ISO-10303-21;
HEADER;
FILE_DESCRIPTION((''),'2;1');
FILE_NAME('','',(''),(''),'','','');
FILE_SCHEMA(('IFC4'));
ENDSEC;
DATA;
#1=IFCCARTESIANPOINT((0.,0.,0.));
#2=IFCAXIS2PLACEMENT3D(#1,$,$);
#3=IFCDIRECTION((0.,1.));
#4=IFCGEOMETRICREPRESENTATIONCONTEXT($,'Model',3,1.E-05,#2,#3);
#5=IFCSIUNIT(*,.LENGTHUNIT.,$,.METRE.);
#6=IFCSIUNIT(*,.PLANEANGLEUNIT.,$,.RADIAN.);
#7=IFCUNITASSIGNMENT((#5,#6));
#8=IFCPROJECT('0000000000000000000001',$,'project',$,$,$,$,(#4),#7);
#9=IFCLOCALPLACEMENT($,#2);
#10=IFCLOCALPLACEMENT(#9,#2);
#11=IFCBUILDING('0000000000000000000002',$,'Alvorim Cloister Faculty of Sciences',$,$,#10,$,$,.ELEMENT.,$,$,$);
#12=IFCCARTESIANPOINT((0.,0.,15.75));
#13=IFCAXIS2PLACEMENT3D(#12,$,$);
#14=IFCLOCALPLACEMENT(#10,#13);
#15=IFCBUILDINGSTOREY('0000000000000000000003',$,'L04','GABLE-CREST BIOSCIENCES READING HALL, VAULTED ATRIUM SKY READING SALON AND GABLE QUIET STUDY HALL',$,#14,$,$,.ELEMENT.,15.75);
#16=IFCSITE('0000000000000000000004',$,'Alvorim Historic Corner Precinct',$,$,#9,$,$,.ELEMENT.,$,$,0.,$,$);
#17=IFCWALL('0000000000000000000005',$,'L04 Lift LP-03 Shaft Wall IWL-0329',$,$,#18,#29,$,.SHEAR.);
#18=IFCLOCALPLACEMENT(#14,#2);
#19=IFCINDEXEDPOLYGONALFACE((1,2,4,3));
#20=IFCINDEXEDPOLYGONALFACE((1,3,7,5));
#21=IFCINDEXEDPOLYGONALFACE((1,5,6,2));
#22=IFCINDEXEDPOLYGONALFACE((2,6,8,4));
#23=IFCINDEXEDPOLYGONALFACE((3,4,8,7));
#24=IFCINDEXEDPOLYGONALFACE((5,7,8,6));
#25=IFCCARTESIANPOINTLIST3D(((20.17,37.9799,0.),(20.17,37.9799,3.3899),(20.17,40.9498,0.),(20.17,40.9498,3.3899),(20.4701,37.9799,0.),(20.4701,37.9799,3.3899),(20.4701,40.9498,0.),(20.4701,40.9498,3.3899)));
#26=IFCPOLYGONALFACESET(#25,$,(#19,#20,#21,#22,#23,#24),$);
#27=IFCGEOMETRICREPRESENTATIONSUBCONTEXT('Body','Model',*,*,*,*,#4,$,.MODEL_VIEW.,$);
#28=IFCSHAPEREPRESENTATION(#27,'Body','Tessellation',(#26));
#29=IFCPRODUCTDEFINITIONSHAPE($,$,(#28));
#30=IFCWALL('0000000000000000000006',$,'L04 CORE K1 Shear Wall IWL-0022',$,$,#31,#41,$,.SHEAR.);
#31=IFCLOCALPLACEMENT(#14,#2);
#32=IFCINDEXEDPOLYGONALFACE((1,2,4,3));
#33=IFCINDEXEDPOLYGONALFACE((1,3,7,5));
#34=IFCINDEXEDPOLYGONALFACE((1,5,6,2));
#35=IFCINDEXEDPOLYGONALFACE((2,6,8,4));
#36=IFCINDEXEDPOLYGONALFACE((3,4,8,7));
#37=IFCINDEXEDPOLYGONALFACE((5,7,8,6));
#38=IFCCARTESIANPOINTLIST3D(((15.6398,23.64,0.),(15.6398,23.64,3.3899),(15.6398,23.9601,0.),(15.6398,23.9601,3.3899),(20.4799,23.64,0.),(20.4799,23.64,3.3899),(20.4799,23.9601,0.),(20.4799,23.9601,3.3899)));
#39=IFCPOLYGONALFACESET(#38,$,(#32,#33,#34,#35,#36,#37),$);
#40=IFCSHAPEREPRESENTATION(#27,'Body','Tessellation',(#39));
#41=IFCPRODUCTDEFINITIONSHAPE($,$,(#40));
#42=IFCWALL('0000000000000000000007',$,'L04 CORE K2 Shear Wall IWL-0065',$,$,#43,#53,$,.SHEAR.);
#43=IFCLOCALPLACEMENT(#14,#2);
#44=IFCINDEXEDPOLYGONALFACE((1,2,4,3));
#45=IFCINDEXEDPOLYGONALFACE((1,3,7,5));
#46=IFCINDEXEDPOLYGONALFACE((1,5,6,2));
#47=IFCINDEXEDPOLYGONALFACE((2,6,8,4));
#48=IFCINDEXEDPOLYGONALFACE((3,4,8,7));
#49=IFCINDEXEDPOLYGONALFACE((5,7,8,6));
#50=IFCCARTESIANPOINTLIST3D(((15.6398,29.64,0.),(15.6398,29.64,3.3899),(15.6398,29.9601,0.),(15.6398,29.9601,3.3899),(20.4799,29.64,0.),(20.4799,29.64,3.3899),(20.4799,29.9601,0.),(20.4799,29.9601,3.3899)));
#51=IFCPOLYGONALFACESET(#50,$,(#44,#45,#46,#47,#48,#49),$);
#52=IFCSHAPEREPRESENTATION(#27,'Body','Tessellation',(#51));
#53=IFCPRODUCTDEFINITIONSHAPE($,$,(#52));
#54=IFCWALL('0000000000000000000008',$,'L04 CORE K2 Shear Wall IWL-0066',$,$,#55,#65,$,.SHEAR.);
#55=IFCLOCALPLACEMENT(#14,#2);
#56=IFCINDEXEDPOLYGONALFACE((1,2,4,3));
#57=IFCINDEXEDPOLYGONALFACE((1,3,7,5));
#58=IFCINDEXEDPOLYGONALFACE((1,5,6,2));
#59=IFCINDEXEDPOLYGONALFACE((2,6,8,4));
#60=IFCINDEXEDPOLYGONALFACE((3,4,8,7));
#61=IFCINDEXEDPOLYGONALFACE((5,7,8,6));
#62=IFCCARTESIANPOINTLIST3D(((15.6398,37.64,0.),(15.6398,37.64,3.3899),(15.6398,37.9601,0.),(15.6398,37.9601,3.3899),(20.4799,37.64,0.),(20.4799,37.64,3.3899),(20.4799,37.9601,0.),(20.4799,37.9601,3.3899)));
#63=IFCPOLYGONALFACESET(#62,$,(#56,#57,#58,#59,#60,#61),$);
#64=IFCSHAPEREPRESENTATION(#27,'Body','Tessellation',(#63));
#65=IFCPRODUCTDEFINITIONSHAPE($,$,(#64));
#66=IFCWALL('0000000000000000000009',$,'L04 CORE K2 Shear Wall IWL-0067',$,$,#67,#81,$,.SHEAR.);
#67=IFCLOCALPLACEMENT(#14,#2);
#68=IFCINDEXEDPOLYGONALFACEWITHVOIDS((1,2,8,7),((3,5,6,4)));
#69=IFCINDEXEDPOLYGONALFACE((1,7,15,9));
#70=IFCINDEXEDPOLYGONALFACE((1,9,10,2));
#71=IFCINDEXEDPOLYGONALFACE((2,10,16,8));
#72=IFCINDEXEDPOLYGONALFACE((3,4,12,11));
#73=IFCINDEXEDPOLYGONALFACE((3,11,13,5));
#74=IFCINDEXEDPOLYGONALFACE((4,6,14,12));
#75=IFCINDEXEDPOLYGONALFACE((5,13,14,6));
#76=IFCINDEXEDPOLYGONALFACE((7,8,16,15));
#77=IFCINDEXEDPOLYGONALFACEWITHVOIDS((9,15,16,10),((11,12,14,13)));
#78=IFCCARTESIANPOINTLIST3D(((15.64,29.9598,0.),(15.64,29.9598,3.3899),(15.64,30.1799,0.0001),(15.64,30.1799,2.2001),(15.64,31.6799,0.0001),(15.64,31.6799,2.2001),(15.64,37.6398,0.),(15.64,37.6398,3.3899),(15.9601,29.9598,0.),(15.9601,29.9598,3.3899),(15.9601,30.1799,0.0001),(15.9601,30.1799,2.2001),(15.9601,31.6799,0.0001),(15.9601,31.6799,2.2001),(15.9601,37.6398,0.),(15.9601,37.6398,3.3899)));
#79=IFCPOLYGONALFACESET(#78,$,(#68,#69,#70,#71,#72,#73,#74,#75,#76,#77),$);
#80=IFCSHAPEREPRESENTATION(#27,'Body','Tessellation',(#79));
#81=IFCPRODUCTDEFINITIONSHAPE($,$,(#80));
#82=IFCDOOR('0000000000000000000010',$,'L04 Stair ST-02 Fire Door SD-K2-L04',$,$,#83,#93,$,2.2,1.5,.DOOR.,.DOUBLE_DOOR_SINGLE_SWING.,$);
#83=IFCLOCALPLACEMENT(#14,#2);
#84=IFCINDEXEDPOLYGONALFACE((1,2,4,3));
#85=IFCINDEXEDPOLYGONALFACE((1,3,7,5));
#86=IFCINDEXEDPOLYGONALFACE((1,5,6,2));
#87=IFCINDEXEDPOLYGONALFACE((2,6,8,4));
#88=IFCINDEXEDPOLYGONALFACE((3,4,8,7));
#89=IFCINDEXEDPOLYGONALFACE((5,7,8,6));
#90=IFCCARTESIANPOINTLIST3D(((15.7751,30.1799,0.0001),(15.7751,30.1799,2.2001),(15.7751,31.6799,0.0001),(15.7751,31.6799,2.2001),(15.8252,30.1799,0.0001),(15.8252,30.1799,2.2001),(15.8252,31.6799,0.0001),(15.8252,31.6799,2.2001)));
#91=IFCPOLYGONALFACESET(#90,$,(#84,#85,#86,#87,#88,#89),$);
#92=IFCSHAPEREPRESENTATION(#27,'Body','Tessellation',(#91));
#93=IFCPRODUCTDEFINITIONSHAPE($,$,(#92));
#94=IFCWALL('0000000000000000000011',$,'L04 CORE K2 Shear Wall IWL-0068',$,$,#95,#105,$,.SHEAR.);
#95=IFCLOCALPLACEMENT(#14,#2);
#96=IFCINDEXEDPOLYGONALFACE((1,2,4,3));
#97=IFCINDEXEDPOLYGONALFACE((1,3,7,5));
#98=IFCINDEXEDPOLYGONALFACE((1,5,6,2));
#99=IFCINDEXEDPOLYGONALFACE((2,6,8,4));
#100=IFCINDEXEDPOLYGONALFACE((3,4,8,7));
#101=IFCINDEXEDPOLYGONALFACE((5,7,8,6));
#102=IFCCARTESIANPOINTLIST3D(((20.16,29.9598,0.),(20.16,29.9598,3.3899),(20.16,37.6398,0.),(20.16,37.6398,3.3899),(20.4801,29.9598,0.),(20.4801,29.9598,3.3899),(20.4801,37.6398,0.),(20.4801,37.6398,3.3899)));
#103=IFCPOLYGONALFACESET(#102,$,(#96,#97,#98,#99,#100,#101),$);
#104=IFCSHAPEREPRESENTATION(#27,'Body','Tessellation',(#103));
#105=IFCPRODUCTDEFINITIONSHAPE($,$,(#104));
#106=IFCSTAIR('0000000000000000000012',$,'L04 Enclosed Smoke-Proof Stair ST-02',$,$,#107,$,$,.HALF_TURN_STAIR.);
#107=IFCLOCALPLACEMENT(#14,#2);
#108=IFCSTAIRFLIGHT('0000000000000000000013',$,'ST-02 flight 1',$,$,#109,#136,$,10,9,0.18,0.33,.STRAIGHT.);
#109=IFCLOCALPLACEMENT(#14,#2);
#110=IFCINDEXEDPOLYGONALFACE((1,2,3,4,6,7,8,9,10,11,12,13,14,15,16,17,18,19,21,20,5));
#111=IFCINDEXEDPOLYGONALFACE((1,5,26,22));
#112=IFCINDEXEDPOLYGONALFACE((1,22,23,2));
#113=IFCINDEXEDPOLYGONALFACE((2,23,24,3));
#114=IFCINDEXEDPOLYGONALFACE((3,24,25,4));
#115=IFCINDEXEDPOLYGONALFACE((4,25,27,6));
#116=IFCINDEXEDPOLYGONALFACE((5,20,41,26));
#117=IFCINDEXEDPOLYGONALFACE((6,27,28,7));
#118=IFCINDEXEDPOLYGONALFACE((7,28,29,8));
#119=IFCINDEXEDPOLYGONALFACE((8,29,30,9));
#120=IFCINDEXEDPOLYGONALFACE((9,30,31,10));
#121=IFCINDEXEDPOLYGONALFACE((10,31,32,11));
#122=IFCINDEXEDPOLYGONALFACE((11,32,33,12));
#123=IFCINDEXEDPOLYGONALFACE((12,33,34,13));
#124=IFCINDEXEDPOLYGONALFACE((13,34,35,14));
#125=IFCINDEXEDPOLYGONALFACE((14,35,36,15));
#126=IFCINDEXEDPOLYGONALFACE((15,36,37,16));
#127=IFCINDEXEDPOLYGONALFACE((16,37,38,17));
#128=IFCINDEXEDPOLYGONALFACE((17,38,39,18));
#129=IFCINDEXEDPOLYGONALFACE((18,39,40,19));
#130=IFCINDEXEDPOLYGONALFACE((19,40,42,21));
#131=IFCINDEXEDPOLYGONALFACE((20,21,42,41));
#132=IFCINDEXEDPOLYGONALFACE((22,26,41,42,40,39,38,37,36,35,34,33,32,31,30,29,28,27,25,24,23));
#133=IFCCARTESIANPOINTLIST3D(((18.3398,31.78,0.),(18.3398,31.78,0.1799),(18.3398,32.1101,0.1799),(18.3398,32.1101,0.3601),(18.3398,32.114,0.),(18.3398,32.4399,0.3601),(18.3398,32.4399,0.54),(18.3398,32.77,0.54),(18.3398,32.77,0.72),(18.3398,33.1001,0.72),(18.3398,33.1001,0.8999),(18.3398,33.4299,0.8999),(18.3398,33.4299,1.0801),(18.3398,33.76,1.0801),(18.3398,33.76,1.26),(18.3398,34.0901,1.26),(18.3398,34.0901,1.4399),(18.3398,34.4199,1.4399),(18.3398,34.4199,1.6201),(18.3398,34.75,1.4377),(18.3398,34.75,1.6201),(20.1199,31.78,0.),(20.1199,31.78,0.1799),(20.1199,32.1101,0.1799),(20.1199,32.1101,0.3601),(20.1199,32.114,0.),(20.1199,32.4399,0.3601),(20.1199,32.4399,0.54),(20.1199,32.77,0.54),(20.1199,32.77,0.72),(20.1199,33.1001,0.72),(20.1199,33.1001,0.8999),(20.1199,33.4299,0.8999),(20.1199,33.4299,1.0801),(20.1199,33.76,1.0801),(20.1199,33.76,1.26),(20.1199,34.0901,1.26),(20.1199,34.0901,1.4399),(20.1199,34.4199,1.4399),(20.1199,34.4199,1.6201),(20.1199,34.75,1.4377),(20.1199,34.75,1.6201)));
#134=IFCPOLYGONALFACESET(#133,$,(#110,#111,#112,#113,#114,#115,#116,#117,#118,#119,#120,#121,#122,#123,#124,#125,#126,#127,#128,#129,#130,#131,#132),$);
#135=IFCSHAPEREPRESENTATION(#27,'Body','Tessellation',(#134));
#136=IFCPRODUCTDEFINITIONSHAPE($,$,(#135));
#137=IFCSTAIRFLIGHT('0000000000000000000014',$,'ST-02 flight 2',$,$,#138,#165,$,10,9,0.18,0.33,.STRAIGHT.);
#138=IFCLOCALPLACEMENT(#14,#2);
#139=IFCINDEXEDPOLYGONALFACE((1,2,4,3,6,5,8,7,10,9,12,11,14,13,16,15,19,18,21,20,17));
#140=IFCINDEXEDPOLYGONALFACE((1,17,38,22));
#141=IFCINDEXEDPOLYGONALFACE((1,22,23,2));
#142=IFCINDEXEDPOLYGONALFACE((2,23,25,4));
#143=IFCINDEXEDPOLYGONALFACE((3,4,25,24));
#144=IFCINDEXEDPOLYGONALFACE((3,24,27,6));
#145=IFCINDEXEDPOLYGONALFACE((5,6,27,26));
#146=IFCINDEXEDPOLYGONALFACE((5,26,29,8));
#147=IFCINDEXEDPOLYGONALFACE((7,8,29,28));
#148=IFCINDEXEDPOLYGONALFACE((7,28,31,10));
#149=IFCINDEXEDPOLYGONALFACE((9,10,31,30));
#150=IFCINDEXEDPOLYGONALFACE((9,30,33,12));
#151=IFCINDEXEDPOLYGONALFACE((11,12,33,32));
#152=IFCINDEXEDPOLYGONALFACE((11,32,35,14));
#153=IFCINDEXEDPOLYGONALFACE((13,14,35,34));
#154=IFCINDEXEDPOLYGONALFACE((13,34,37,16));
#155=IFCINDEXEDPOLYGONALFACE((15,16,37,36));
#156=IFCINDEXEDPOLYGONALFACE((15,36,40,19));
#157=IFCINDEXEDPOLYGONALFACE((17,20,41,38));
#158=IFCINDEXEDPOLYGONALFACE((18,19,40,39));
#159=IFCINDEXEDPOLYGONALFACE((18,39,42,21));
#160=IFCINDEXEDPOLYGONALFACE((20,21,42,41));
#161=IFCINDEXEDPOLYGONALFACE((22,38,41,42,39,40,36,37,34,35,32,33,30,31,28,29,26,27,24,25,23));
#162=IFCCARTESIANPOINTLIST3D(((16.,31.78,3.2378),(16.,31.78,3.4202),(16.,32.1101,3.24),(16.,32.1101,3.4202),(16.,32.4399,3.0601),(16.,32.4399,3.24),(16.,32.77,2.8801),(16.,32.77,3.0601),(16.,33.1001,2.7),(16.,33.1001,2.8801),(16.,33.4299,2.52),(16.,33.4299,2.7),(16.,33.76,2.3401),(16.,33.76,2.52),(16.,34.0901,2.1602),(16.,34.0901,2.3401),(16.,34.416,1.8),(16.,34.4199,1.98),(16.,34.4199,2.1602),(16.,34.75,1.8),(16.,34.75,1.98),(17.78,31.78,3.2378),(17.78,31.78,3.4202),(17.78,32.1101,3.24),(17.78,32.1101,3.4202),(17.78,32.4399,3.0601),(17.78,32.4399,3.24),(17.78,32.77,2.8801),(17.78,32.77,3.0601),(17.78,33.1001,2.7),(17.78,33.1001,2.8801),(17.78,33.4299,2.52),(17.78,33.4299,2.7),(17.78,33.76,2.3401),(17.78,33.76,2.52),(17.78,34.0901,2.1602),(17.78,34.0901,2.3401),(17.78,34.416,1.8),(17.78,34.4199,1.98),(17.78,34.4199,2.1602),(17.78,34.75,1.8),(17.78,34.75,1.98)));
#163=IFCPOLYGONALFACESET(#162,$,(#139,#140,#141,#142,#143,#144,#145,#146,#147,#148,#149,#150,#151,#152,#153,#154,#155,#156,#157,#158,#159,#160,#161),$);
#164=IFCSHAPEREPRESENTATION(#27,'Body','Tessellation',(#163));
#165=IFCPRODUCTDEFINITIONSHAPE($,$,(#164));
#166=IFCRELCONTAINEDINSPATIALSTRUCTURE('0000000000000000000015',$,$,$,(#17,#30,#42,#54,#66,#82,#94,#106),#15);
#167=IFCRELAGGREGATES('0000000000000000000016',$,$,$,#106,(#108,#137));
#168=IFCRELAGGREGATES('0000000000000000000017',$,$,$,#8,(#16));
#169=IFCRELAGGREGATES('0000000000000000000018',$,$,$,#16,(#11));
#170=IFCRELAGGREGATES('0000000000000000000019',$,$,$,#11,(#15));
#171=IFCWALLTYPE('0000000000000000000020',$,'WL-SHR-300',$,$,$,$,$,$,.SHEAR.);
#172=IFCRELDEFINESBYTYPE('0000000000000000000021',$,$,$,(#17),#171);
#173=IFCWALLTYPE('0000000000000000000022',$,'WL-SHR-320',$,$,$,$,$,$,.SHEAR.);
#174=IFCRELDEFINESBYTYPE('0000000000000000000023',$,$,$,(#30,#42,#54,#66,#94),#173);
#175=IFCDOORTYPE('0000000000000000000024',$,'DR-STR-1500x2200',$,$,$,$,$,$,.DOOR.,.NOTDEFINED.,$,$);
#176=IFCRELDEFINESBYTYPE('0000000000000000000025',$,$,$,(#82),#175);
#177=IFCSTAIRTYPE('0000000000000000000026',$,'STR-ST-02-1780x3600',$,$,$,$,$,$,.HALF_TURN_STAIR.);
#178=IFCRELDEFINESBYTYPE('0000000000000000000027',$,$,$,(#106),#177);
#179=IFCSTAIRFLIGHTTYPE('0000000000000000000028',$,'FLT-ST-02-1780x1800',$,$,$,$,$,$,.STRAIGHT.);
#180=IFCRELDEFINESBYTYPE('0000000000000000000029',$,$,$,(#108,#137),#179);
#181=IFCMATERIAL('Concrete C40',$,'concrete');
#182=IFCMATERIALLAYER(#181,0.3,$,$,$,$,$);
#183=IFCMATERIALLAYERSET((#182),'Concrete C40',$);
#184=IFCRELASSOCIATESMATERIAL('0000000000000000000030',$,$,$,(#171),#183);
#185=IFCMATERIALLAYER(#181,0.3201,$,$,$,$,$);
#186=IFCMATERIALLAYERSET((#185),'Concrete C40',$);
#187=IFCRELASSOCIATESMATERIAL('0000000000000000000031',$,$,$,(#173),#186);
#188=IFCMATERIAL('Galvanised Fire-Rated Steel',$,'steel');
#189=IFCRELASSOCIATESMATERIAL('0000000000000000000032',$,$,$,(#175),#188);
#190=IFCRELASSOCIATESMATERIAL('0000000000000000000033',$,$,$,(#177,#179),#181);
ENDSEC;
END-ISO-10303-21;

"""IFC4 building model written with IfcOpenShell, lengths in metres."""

from ifc_helpers import new_model, si_unit, direction, frame, frame_2d, origin, place, context, subcontext, project, spatial, polyline, rectangle, outline, extrude, material, layer, layer_set, type_object, element, fill, aggregate, save


model = new_model("IFC4")

# Units and contexts
model_context = context("Model", 3, precision=1e-05, world=origin(), true_north=direction((0.0, 1.0)))
body_context = subcontext(model_context, "Body", "Model", "MODEL_VIEW")
ifc_project = project(units=[si_unit("LENGTHUNIT", "METRE"), si_unit("PLANEANGLEUNIT", "RADIAN")], contexts=[model_context])

# Site, building, storey
site_placement = place(None, origin())
site = spatial("IfcSite", under=ifc_project, at=site_placement, Name="Alvorim Historic Corner Precinct", CompositionType="ELEMENT", RefElevation=0.0)
building_placement = place(site_placement, origin())
building = spatial("IfcBuilding", under=site, at=building_placement, Name="Alvorim Cloister Faculty of Sciences", CompositionType="ELEMENT")
storey_placement = place(building_placement, frame((0.0, 0.0, 15.75)))
storey = spatial("IfcBuildingStorey", under=building, at=storey_placement, Name="L04", Description="GABLE-CREST BIOSCIENCES READING HALL, VAULTED ATRIUM SKY READING SALON AND GABLE QUIET STUDY HALL", CompositionType="ELEMENT", Elevation=15.75)

# Shared definitions
ifc_material_1 = material(Name="Concrete C40", Category="concrete")
ifc_layer_1 = layer(ifc_material_1, 0.3)
ifc_layer_set_1 = layer_set([ifc_layer_1], Name="Concrete C40")
wall_type_1 = type_object("IfcWallType", Name="WL-SHR-300", PredefinedType="SHEAR", material=ifc_layer_set_1)

# Walls
for number, where, z_axis, x_axis, name in (
    (1, (20.3201, 37.98, 0.0), (0.0, 0.0, 1.0), (0.0, 1.0, 0.0), "L04 Lift LP-03 Shaft Wall IWL-0329"),
):
    element("IfcWall", number, at=place(storey_placement, frame(where, z_axis=z_axis, x_axis=x_axis)), inside=storey, type_object=wall_type_1, Name=name, PredefinedType="SHEAR", context=body_context, shape_type="SweptSolid", body=[
        extrude(rectangle(XDim=2.97, YDim=0.3, at=frame_2d((1.4849, 0.0))), origin(), (0.0, 0.0, 1.0), 3.3899),
    ])
ifc_layer_2 = layer(ifc_material_1, 0.3201)
ifc_layer_set_2 = layer_set([ifc_layer_2], Name="Concrete C40")
wall_type_2 = type_object("IfcWallType", Name="WL-SHR-320", PredefinedType="SHEAR", material=ifc_layer_set_2)
for number, where, z_axis, x_axis, name in (
    (2, (15.6399, 23.8, 0.0), (0.0, 0.0, 1.0), (1.0, 0.0, 0.0), "L04 CORE K1 Shear Wall IWL-0022"),
    (3, (15.6399, 29.8, 0.0), (0.0, 0.0, 1.0), (1.0, 0.0, 0.0), "L04 CORE K2 Shear Wall IWL-0065"),
    (4, (15.6399, 37.8, 0.0), (0.0, 0.0, 1.0), (1.0, 0.0, 0.0), "L04 CORE K2 Shear Wall IWL-0066"),
):
    element("IfcWall", number, at=place(storey_placement, frame(where, z_axis=z_axis, x_axis=x_axis)), inside=storey, type_object=wall_type_2, Name=name, PredefinedType="SHEAR", context=body_context, shape_type="SweptSolid", body=[
        extrude(rectangle(XDim=4.8401, YDim=0.3201, at=frame_2d((2.4199, 0.0))), origin(), (0.0, 0.0, 1.0), 3.3899),
    ])

# Wall, opening, door
wall_1_placement = place(storey_placement, frame((15.8, 29.96, 0.0), z_axis=(0.0, 0.0, 1.0), x_axis=(0.0, 1.0, 0.0)))
wall_1 = element("IfcWall", 5, at=wall_1_placement, inside=storey, type_object=wall_type_2, Name="L04 CORE K2 Shear Wall IWL-0067", PredefinedType="SHEAR", context=body_context, shape_type="SweptSolid", body=[
    extrude(rectangle(XDim=7.6799, YDim=0.3201, at=frame_2d((3.8398, 0.0))), origin(), (0.0, 0.0, 1.0), 3.3899),
])
opening_1_placement = place(wall_1_placement, frame((0.22, 0.0, 0.0)))
opening_1 = element("IfcOpeningElement", 6, at=opening_1_placement, cuts=wall_1, PredefinedType="OPENING", context=body_context, shape_type="SweptSolid", body=[
    extrude(rectangle(XDim=1.5, YDim=2.2, at=frame_2d((0.75, 1.1001))), frame((0.0, 0.1719, 0.0), z_axis=(0.0, -1.0, 0.0), x_axis=(1.0, 0.0, 0.0)), (0.0, 0.0, 1.0), 0.344),
])
ifc_material_2 = material(Name="Galvanised Fire-Rated Steel", Category="steel")
door_type_1 = type_object("IfcDoorType", Name="DR-STR-1500x2200", OperationType="NOTDEFINED", PredefinedType="DOOR", material=ifc_material_2)
door_1_placement = place(opening_1_placement, origin())
door_1 = element("IfcDoor", 7, at=door_1_placement, inside=storey, type_object=door_type_1, Name="L04 Stair ST-02 Fire Door SD-K2-L04", OperationType="DOUBLE_DOOR_SINGLE_SWING", OverallHeight=2.2, OverallWidth=1.5, PredefinedType="DOOR", context=body_context, shape_type="SweptSolid", body=[
    extrude(rectangle(XDim=1.5, YDim=2.2, at=frame_2d((0.75, 1.1001))), frame((0.0, 0.0249, 0.0), z_axis=(0.0, -1.0, 0.0), x_axis=(1.0, 0.0, 0.0)), (0.0, 0.0, 1.0), 0.05),
])
fill(opening_1, door_1)

# Wall
wall_2_placement = place(storey_placement, frame((20.3201, 29.96, 0.0), z_axis=(0.0, 0.0, 1.0), x_axis=(0.0, 1.0, 0.0)))
element("IfcWall", 8, at=wall_2_placement, inside=storey, type_object=wall_type_2, Name="L04 CORE K2 Shear Wall IWL-0068", PredefinedType="SHEAR", context=body_context, shape_type="SweptSolid", body=[
    extrude(rectangle(XDim=7.6799, YDim=0.3201, at=frame_2d((3.8398, 0.0))), origin(), (0.0, 0.0, 1.0), 3.3899),
])

# Stair, stair flights
stair_type = type_object("IfcStairType", Name="STR-ST-02-1780x3600", PredefinedType="HALF_TURN_STAIR", material=ifc_material_1)
stair_placement = place(storey_placement, origin())
stair = element("IfcStair", 9, at=stair_placement, inside=storey, type_object=stair_type, Name="L04 Enclosed Smoke-Proof Stair ST-02", PredefinedType="HALF_TURN_STAIR")
stair_flight_type = type_object("IfcStairFlightType", Name="FLT-ST-02-1780x1800", PredefinedType="STRAIGHT", material=ifc_material_1)
stair_flight_1_placement = place(storey_placement, frame((19.23, 31.78, 0.0), z_axis=(0.0, 0.0, 1.0), x_axis=(0.0, 1.0, 0.0)))
stair_flight_1 = element("IfcStairFlight", 10, at=stair_flight_1_placement, type_object=stair_flight_type, Name="ST-02 flight 1", NumberOfRisers=10, NumberOfTreads=9, PredefinedType="STRAIGHT", RiserHeight=0.18, TreadLength=0.33, context=body_context, shape_type="SweptSolid", body=[
    extrude(outline(polyline([(0.334, 0.0), (2.97, 1.4377), (2.97, 1.8), (2.97, 1.6201), (2.6399, 1.6201), (2.6399, 1.4399), (2.3101, 1.4399), (2.3101, 1.26), (1.98, 1.26), (1.98, 1.0801), (1.6499, 1.0801), (1.6499, 0.8999), (1.3201, 0.8999), (1.3201, 0.72), (0.99, 0.72), (0.99, 0.54), (0.6599, 0.54), (0.6599, 0.3601), (0.3301, 0.3601), (0.3301, 0.1799), (0.0, 0.1799), (0.0, 0.0), (0.334, 0.0)])), frame((0.0, 0.8901, 0.0), z_axis=(0.0, -1.0, 0.0), x_axis=(1.0, 0.0, 0.0)), (0.0, 0.0, 1.0), 1.78),
])
stair_flight_2_placement = place(storey_placement, frame((16.8899, 34.75, 1.8), z_axis=(0.0, 0.0, 1.0), x_axis=(0.0, -1.0, 0.0)))
stair_flight_2 = element("IfcStairFlight", 11, at=stair_flight_2_placement, type_object=stair_flight_type, Name="ST-02 flight 2", NumberOfRisers=10, NumberOfTreads=9, PredefinedType="STRAIGHT", RiserHeight=0.18, TreadLength=0.33, context=body_context, shape_type="SweptSolid", body=[
    extrude(outline(polyline([(0.334, 0.0), (2.97, 1.4377), (2.97, 1.8), (2.97, 1.6201), (2.6399, 1.6201), (2.6399, 1.4399), (2.3101, 1.4399), (2.3101, 1.26), (1.98, 1.26), (1.98, 1.0801), (1.6499, 1.0801), (1.6499, 0.8999), (1.3201, 0.8999), (1.3201, 0.72), (0.99, 0.72), (0.99, 0.54), (0.6599, 0.54), (0.6599, 0.3601), (0.3301, 0.3601), (0.3301, 0.1799), (0.0, 0.1799), (0.0, 0.0), (0.334, 0.0)])), frame((0.0, 0.8901, 0.0), z_axis=(0.0, -1.0, 0.0), x_axis=(1.0, 0.0, 0.0)), (0.0, 0.0, 1.0), 1.78),
])
aggregate(stair, [stair_flight_1, stair_flight_2])

save(model, "model.ifc")
